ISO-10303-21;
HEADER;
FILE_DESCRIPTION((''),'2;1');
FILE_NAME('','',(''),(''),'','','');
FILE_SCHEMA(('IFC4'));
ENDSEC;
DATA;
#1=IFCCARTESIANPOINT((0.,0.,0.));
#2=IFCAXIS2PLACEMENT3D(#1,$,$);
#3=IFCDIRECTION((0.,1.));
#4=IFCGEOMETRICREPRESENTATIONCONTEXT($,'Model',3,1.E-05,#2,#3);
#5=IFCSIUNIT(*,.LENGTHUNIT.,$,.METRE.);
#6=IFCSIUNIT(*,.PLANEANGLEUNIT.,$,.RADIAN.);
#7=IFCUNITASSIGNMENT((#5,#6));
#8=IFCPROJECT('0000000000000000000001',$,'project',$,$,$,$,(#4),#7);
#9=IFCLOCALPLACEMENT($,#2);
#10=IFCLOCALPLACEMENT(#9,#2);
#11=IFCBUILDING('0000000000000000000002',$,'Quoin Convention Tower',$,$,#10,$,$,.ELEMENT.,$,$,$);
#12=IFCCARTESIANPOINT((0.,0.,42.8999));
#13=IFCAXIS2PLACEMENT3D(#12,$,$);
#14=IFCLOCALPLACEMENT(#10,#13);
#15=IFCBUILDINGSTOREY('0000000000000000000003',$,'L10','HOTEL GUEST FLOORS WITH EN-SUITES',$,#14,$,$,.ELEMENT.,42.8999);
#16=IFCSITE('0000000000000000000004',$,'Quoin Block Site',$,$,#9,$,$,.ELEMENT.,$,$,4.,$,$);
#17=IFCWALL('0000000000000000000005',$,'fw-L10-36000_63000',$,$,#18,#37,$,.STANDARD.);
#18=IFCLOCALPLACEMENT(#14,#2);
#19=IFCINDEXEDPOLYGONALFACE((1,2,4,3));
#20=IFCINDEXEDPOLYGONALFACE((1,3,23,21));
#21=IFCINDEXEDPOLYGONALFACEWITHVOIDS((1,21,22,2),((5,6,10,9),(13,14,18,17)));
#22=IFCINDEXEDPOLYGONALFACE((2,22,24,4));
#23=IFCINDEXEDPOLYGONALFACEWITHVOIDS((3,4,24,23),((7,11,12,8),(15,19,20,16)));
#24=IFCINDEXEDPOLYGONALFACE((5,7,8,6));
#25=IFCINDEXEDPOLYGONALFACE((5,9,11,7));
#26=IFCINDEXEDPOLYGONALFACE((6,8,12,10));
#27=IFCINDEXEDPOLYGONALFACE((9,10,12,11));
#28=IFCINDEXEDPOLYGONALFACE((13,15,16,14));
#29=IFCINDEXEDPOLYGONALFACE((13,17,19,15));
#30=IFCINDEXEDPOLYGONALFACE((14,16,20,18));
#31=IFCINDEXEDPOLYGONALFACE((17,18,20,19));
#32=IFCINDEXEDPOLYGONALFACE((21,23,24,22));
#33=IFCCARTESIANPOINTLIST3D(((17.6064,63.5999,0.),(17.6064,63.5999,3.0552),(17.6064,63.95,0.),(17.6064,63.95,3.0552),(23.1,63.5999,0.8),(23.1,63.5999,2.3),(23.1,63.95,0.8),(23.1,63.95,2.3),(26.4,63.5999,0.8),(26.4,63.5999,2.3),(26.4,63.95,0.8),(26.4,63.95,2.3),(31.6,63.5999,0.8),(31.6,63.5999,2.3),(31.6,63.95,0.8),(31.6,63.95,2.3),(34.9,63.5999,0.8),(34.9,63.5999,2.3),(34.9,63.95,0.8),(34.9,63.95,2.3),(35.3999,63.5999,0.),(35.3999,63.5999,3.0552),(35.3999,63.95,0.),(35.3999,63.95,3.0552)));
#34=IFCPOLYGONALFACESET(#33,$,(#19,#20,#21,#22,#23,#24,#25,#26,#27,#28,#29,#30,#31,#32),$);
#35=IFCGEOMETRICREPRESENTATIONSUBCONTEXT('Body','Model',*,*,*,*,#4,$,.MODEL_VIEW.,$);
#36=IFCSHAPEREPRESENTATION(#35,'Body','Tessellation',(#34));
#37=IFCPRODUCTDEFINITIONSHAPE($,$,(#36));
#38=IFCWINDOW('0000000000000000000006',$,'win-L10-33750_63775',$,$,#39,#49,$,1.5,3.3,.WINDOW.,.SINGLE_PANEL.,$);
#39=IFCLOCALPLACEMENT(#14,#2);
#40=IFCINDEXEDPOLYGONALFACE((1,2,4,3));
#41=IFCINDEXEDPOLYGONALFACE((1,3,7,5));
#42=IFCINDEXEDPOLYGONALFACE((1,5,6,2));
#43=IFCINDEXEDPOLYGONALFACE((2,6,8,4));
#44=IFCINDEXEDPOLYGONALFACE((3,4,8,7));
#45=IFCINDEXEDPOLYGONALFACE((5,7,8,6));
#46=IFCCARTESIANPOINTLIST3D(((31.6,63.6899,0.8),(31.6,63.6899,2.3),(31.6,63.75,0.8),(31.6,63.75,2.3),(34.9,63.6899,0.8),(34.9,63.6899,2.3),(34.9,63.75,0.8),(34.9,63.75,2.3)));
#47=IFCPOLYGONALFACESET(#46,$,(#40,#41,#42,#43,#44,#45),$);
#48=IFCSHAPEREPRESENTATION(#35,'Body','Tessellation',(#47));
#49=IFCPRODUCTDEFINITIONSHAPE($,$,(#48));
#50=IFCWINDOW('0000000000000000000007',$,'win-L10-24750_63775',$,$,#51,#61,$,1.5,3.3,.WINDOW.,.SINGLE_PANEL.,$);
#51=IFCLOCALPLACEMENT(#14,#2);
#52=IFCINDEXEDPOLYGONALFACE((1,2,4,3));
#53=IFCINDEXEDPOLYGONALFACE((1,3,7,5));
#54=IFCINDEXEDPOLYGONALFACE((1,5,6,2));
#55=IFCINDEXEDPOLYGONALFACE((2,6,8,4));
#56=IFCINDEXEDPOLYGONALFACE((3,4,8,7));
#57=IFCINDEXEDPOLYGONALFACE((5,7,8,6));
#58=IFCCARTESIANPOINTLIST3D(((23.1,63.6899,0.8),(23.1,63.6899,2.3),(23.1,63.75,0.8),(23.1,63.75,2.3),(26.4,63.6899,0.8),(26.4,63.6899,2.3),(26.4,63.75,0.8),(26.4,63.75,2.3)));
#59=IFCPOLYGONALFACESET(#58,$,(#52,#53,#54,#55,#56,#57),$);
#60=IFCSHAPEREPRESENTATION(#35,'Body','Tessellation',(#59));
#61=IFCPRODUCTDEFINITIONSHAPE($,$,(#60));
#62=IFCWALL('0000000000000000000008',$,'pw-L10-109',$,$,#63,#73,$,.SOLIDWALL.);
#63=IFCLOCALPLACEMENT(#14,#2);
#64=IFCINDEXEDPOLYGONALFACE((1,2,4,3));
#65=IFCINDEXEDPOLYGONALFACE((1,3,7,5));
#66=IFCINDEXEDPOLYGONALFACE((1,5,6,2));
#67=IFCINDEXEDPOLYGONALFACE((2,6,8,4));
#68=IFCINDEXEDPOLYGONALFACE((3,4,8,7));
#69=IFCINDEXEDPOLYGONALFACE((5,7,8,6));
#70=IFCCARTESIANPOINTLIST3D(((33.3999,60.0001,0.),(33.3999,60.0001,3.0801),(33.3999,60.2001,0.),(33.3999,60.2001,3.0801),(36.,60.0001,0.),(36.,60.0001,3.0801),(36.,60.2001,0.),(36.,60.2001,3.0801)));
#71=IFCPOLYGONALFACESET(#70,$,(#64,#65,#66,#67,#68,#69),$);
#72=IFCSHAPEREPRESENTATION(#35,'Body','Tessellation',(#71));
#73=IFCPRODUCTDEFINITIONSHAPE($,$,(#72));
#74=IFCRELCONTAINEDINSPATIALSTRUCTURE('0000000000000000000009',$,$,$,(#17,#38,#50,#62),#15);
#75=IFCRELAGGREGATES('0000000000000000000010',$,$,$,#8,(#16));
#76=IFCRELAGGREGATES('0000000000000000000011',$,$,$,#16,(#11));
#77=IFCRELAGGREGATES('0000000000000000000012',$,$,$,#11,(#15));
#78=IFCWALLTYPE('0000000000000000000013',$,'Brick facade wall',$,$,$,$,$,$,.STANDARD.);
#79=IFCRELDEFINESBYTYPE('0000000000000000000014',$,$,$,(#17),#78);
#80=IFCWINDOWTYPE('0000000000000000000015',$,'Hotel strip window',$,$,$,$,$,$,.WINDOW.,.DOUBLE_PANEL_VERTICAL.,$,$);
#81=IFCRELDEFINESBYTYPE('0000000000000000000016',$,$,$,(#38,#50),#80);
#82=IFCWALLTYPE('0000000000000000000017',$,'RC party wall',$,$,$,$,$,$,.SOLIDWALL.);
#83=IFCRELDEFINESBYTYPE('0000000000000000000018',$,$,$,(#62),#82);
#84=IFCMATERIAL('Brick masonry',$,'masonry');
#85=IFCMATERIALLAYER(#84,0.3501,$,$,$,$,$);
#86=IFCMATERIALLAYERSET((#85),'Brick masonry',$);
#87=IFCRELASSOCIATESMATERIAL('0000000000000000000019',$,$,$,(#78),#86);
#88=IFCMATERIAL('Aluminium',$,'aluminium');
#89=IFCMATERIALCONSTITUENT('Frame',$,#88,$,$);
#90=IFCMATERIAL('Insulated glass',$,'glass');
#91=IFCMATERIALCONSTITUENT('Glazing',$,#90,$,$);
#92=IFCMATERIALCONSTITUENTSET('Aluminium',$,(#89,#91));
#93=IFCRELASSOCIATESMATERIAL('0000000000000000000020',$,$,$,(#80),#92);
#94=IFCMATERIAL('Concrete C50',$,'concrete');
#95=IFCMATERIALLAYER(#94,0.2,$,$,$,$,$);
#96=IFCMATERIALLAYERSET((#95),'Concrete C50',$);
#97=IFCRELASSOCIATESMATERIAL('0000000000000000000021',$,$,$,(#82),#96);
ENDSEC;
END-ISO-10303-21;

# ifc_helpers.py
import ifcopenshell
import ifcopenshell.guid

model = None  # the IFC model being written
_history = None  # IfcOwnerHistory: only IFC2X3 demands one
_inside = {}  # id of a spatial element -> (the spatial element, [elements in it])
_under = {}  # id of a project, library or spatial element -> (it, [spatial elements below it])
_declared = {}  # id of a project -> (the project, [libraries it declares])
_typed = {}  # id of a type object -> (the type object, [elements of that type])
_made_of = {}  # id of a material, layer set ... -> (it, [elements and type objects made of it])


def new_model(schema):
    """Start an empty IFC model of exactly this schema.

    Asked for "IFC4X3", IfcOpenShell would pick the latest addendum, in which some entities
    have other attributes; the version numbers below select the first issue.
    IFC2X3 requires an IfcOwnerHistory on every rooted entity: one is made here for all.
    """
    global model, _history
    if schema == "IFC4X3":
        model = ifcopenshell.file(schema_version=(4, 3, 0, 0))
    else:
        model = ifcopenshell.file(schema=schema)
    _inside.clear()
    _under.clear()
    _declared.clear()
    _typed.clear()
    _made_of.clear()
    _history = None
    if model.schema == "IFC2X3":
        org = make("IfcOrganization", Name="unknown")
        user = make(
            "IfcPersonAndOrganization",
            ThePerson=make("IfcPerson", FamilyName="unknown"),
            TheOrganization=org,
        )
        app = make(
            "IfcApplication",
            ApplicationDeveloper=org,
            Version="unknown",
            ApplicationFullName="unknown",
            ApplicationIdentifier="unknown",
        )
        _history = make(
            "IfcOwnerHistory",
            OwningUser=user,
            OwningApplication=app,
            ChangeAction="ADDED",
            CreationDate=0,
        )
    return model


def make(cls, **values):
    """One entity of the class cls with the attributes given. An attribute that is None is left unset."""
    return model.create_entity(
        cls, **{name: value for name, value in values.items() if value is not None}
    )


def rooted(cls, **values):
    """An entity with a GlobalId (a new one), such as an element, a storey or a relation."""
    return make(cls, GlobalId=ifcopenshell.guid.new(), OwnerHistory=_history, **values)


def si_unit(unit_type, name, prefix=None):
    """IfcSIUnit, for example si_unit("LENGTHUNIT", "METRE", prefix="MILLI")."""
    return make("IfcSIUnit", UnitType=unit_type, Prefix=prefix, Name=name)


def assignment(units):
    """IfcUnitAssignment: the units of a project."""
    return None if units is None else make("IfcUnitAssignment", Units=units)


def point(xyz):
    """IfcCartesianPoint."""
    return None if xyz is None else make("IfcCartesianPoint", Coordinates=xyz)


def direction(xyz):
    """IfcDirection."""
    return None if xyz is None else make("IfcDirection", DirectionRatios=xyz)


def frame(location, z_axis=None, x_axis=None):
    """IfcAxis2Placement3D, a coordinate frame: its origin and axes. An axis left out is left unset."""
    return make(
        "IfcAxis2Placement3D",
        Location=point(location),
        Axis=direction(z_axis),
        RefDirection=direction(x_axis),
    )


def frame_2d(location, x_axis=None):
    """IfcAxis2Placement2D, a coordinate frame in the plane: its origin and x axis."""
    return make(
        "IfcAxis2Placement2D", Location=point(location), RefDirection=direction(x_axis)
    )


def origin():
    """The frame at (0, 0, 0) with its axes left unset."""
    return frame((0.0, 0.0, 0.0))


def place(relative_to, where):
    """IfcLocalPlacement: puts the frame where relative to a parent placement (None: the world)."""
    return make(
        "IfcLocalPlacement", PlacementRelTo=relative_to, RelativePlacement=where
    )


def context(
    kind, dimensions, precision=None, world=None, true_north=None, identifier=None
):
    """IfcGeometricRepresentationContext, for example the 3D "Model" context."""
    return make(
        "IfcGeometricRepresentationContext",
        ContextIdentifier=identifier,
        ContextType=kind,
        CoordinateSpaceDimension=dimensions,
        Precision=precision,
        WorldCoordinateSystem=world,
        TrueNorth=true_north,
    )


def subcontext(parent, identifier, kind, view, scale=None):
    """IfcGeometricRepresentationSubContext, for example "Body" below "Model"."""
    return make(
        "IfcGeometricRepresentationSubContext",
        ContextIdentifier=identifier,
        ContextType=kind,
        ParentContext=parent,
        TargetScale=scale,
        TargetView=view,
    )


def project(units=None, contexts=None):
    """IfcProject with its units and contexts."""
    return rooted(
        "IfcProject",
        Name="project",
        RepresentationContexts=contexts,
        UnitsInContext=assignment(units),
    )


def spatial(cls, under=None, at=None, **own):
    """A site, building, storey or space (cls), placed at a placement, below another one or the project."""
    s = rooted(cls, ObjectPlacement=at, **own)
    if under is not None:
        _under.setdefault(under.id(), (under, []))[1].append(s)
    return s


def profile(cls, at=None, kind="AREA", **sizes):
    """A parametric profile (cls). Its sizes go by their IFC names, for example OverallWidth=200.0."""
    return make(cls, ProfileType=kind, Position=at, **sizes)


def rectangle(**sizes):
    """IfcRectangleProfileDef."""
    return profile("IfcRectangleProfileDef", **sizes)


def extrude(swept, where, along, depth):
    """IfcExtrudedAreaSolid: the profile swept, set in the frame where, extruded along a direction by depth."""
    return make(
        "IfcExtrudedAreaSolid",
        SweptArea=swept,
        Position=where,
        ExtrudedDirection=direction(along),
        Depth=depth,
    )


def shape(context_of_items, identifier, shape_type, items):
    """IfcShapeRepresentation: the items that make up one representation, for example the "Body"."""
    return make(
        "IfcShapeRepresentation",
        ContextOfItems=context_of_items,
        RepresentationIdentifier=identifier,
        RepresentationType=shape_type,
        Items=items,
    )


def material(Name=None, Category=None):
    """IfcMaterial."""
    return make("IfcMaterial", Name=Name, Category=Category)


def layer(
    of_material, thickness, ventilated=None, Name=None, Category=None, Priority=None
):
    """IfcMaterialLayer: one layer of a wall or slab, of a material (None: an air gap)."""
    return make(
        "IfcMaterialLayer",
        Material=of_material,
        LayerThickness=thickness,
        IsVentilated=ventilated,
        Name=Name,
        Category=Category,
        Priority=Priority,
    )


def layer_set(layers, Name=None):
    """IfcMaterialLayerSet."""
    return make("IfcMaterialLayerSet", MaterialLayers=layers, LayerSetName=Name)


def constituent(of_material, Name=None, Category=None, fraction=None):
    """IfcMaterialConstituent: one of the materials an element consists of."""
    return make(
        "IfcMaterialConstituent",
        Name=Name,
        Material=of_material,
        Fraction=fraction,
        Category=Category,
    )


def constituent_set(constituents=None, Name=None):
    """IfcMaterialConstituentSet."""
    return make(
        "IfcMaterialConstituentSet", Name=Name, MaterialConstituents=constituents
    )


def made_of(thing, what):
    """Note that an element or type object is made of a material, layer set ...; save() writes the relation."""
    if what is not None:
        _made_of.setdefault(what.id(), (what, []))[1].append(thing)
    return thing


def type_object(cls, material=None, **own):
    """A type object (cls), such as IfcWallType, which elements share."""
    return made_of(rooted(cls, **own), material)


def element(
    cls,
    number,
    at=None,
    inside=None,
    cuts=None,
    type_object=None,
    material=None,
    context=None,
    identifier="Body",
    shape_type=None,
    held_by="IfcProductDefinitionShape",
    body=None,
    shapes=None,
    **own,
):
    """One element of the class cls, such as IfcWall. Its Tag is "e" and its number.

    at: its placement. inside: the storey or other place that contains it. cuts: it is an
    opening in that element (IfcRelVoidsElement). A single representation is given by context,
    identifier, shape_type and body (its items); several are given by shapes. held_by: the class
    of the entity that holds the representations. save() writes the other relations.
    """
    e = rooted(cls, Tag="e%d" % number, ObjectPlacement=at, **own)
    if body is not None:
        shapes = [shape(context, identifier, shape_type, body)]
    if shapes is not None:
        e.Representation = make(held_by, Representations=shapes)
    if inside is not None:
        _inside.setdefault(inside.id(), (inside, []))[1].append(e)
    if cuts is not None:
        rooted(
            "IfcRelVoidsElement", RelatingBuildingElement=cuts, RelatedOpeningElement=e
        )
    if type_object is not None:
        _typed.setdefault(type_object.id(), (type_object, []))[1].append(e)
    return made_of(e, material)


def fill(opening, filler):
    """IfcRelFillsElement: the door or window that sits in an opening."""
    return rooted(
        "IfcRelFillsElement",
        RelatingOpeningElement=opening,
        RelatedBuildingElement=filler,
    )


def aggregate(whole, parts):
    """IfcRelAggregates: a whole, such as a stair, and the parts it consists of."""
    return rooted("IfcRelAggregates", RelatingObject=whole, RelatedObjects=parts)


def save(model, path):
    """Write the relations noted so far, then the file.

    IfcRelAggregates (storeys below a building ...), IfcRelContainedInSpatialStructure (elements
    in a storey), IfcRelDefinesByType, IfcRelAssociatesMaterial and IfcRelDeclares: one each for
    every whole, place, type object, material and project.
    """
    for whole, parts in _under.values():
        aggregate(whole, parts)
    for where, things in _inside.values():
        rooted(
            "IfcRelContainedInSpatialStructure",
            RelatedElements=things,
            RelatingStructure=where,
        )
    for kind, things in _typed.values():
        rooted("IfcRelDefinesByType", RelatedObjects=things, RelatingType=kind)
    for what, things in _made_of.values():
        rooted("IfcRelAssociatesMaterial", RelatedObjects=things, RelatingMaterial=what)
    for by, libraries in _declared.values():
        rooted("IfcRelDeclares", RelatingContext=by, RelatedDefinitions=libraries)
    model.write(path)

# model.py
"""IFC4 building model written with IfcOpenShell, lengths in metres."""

from ifc_helpers import new_model, si_unit, direction, frame, frame_2d, origin, place, context, subcontext, project, spatial, rectangle, extrude, material, layer, layer_set, constituent, constituent_set, type_object, element, fill, save


model = new_model("IFC4")

# Units and contexts
model_context = context("Model", 3, precision=1e-05, world=origin(), true_north=direction((0.0, 1.0)))
body_context = subcontext(model_context, "Body", "Model", "MODEL_VIEW")
ifc_project = project(units=[si_unit("LENGTHUNIT", "METRE"), si_unit("PLANEANGLEUNIT", "RADIAN")], contexts=[model_context])

# Site, building, storey
site_placement = place(None, origin())
site = spatial("IfcSite", under=ifc_project, at=site_placement, Name="Quoin Block Site", CompositionType="ELEMENT", RefElevation=4.0)
building_placement = place(site_placement, origin())
building = spatial("IfcBuilding", under=site, at=building_placement, Name="Quoin Convention Tower", CompositionType="ELEMENT")
storey_placement = place(building_placement, frame((0.0, 0.0, 42.8999)))
storey = spatial("IfcBuildingStorey", under=building, at=storey_placement, Name="L10", Description="HOTEL GUEST FLOORS WITH EN-SUITES", CompositionType="ELEMENT", Elevation=42.8999)

# Shared definitions
ifc_material_1 = material(Name="Brick masonry", Category="masonry")
ifc_layer_1 = layer(ifc_material_1, 0.3501)
ifc_layer_set_1 = layer_set([ifc_layer_1], Name="Brick masonry")
wall_type_1 = type_object("IfcWallType", Name="Brick facade wall", PredefinedType="STANDARD", material=ifc_layer_set_1)
ifc_material_2 = material(Name="Aluminium", Category="aluminium")
ifc_constituent_1 = constituent(ifc_material_2, Name="Frame")
ifc_material_3 = material(Name="Insulated glass", Category="glass")
ifc_constituent_2 = constituent(ifc_material_3, Name="Glazing")
ifc_constituent_set = constituent_set(constituents=[ifc_constituent_1, ifc_constituent_2], Name="Aluminium")
window_type = type_object("IfcWindowType", Name="Hotel strip window", PartitioningType="DOUBLE_PANEL_VERTICAL", PredefinedType="WINDOW", material=ifc_constituent_set)

# Wall, openings, windows
wall_1_placement = place(storey_placement, frame((35.3999, 63.7749, 0.0), z_axis=(0.0, 0.0, 1.0), x_axis=(-1.0, 0.0, 0.0)))
wall_1 = element("IfcWall", 1, at=wall_1_placement, inside=storey, type_object=wall_type_1, Name="fw-L10-36000_63000", PredefinedType="STANDARD", context=body_context, shape_type="SweptSolid", body=[
    extrude(rectangle(XDim=17.7935, YDim=0.3501, at=frame_2d((8.8967, 0.0))), origin(), (0.0, 0.0, 1.0), 3.0552),
])
opening_1_placement = place(wall_1_placement, frame((0.5, 0.0, 0.8)))
opening_1 = element("IfcOpeningElement", 2, at=opening_1_placement, cuts=wall_1, PredefinedType="OPENING", context=body_context, shape_type="SweptSolid", body=[
    extrude(rectangle(XDim=3.3, YDim=1.5, at=frame_2d((1.6499, 0.75))), frame((0.0, 0.1851, 0.0), z_axis=(0.0, -1.0, 0.0), x_axis=(1.0, 0.0, 0.0)), (0.0, 0.0, 1.0), 0.3701),
])
opening_2_placement = place(wall_1_placement, frame((9.0, 0.0, 0.8)))
opening_2 = element("IfcOpeningElement", 3, at=opening_2_placement, cuts=wall_1, PredefinedType="OPENING", context=body_context, shape_type="SweptSolid", body=[
    extrude(rectangle(XDim=3.3, YDim=1.5, at=frame_2d((1.6499, 0.75))), frame((0.0, 0.1851, 0.0), z_axis=(0.0, -1.0, 0.0), x_axis=(1.0, 0.0, 0.0)), (0.0, 0.0, 1.0), 0.3701),
])
window_1_placement = place(opening_1_placement, origin())
window_1 = element("IfcWindow", 4, at=window_1_placement, inside=storey, type_object=window_type, Name="win-L10-33750_63775", OverallHeight=1.5, OverallWidth=3.3, PartitioningType="SINGLE_PANEL", PredefinedType="WINDOW", context=body_context, shape_type="SweptSolid", body=[
    extrude(rectangle(XDim=3.3, YDim=1.5, at=frame_2d((1.6499, 0.75))), frame((0.0, 0.085, 0.0), z_axis=(0.0, -1.0, 0.0), x_axis=(1.0, 0.0, 0.0)), (0.0, 0.0, 1.0), 0.0601),
])
fill(opening_1, window_1)
window_2_placement = place(opening_2_placement, origin())
window_2 = element("IfcWindow", 5, at=window_2_placement, inside=storey, type_object=window_type, Name="win-L10-24750_63775", OverallHeight=1.5, OverallWidth=3.3, PartitioningType="SINGLE_PANEL", PredefinedType="WINDOW", context=body_context, shape_type="SweptSolid", body=[
    extrude(rectangle(XDim=3.3, YDim=1.5, at=frame_2d((1.6499, 0.75))), frame((0.0, 0.085, 0.0), z_axis=(0.0, -1.0, 0.0), x_axis=(1.0, 0.0, 0.0)), (0.0, 0.0, 1.0), 0.0601),
])
fill(opening_2, window_2)

# Wall
ifc_material_4 = material(Name="Concrete C50", Category="concrete")
ifc_layer_2 = layer(ifc_material_4, 0.2)
ifc_layer_set_2 = layer_set([ifc_layer_2], Name="Concrete C50")
wall_type_2 = type_object("IfcWallType", Name="RC party wall", PredefinedType="SOLIDWALL", material=ifc_layer_set_2)
wall_2_placement = place(storey_placement, frame((33.3999, 60.1001, 0.0), z_axis=(0.0, 0.0, 1.0), x_axis=(1.0, 0.0, 0.0)))
element("IfcWall", 6, at=wall_2_placement, inside=storey, type_object=wall_type_2, Name="pw-L10-109", PredefinedType="SOLIDWALL", context=body_context, shape_type="SweptSolid", body=[
    extrude(rectangle(XDim=2.6001, YDim=0.2, at=frame_2d((1.3, 0.0))), origin(), (0.0, 0.0, 1.0), 3.0801),
])

save(model, "model.ifc")
